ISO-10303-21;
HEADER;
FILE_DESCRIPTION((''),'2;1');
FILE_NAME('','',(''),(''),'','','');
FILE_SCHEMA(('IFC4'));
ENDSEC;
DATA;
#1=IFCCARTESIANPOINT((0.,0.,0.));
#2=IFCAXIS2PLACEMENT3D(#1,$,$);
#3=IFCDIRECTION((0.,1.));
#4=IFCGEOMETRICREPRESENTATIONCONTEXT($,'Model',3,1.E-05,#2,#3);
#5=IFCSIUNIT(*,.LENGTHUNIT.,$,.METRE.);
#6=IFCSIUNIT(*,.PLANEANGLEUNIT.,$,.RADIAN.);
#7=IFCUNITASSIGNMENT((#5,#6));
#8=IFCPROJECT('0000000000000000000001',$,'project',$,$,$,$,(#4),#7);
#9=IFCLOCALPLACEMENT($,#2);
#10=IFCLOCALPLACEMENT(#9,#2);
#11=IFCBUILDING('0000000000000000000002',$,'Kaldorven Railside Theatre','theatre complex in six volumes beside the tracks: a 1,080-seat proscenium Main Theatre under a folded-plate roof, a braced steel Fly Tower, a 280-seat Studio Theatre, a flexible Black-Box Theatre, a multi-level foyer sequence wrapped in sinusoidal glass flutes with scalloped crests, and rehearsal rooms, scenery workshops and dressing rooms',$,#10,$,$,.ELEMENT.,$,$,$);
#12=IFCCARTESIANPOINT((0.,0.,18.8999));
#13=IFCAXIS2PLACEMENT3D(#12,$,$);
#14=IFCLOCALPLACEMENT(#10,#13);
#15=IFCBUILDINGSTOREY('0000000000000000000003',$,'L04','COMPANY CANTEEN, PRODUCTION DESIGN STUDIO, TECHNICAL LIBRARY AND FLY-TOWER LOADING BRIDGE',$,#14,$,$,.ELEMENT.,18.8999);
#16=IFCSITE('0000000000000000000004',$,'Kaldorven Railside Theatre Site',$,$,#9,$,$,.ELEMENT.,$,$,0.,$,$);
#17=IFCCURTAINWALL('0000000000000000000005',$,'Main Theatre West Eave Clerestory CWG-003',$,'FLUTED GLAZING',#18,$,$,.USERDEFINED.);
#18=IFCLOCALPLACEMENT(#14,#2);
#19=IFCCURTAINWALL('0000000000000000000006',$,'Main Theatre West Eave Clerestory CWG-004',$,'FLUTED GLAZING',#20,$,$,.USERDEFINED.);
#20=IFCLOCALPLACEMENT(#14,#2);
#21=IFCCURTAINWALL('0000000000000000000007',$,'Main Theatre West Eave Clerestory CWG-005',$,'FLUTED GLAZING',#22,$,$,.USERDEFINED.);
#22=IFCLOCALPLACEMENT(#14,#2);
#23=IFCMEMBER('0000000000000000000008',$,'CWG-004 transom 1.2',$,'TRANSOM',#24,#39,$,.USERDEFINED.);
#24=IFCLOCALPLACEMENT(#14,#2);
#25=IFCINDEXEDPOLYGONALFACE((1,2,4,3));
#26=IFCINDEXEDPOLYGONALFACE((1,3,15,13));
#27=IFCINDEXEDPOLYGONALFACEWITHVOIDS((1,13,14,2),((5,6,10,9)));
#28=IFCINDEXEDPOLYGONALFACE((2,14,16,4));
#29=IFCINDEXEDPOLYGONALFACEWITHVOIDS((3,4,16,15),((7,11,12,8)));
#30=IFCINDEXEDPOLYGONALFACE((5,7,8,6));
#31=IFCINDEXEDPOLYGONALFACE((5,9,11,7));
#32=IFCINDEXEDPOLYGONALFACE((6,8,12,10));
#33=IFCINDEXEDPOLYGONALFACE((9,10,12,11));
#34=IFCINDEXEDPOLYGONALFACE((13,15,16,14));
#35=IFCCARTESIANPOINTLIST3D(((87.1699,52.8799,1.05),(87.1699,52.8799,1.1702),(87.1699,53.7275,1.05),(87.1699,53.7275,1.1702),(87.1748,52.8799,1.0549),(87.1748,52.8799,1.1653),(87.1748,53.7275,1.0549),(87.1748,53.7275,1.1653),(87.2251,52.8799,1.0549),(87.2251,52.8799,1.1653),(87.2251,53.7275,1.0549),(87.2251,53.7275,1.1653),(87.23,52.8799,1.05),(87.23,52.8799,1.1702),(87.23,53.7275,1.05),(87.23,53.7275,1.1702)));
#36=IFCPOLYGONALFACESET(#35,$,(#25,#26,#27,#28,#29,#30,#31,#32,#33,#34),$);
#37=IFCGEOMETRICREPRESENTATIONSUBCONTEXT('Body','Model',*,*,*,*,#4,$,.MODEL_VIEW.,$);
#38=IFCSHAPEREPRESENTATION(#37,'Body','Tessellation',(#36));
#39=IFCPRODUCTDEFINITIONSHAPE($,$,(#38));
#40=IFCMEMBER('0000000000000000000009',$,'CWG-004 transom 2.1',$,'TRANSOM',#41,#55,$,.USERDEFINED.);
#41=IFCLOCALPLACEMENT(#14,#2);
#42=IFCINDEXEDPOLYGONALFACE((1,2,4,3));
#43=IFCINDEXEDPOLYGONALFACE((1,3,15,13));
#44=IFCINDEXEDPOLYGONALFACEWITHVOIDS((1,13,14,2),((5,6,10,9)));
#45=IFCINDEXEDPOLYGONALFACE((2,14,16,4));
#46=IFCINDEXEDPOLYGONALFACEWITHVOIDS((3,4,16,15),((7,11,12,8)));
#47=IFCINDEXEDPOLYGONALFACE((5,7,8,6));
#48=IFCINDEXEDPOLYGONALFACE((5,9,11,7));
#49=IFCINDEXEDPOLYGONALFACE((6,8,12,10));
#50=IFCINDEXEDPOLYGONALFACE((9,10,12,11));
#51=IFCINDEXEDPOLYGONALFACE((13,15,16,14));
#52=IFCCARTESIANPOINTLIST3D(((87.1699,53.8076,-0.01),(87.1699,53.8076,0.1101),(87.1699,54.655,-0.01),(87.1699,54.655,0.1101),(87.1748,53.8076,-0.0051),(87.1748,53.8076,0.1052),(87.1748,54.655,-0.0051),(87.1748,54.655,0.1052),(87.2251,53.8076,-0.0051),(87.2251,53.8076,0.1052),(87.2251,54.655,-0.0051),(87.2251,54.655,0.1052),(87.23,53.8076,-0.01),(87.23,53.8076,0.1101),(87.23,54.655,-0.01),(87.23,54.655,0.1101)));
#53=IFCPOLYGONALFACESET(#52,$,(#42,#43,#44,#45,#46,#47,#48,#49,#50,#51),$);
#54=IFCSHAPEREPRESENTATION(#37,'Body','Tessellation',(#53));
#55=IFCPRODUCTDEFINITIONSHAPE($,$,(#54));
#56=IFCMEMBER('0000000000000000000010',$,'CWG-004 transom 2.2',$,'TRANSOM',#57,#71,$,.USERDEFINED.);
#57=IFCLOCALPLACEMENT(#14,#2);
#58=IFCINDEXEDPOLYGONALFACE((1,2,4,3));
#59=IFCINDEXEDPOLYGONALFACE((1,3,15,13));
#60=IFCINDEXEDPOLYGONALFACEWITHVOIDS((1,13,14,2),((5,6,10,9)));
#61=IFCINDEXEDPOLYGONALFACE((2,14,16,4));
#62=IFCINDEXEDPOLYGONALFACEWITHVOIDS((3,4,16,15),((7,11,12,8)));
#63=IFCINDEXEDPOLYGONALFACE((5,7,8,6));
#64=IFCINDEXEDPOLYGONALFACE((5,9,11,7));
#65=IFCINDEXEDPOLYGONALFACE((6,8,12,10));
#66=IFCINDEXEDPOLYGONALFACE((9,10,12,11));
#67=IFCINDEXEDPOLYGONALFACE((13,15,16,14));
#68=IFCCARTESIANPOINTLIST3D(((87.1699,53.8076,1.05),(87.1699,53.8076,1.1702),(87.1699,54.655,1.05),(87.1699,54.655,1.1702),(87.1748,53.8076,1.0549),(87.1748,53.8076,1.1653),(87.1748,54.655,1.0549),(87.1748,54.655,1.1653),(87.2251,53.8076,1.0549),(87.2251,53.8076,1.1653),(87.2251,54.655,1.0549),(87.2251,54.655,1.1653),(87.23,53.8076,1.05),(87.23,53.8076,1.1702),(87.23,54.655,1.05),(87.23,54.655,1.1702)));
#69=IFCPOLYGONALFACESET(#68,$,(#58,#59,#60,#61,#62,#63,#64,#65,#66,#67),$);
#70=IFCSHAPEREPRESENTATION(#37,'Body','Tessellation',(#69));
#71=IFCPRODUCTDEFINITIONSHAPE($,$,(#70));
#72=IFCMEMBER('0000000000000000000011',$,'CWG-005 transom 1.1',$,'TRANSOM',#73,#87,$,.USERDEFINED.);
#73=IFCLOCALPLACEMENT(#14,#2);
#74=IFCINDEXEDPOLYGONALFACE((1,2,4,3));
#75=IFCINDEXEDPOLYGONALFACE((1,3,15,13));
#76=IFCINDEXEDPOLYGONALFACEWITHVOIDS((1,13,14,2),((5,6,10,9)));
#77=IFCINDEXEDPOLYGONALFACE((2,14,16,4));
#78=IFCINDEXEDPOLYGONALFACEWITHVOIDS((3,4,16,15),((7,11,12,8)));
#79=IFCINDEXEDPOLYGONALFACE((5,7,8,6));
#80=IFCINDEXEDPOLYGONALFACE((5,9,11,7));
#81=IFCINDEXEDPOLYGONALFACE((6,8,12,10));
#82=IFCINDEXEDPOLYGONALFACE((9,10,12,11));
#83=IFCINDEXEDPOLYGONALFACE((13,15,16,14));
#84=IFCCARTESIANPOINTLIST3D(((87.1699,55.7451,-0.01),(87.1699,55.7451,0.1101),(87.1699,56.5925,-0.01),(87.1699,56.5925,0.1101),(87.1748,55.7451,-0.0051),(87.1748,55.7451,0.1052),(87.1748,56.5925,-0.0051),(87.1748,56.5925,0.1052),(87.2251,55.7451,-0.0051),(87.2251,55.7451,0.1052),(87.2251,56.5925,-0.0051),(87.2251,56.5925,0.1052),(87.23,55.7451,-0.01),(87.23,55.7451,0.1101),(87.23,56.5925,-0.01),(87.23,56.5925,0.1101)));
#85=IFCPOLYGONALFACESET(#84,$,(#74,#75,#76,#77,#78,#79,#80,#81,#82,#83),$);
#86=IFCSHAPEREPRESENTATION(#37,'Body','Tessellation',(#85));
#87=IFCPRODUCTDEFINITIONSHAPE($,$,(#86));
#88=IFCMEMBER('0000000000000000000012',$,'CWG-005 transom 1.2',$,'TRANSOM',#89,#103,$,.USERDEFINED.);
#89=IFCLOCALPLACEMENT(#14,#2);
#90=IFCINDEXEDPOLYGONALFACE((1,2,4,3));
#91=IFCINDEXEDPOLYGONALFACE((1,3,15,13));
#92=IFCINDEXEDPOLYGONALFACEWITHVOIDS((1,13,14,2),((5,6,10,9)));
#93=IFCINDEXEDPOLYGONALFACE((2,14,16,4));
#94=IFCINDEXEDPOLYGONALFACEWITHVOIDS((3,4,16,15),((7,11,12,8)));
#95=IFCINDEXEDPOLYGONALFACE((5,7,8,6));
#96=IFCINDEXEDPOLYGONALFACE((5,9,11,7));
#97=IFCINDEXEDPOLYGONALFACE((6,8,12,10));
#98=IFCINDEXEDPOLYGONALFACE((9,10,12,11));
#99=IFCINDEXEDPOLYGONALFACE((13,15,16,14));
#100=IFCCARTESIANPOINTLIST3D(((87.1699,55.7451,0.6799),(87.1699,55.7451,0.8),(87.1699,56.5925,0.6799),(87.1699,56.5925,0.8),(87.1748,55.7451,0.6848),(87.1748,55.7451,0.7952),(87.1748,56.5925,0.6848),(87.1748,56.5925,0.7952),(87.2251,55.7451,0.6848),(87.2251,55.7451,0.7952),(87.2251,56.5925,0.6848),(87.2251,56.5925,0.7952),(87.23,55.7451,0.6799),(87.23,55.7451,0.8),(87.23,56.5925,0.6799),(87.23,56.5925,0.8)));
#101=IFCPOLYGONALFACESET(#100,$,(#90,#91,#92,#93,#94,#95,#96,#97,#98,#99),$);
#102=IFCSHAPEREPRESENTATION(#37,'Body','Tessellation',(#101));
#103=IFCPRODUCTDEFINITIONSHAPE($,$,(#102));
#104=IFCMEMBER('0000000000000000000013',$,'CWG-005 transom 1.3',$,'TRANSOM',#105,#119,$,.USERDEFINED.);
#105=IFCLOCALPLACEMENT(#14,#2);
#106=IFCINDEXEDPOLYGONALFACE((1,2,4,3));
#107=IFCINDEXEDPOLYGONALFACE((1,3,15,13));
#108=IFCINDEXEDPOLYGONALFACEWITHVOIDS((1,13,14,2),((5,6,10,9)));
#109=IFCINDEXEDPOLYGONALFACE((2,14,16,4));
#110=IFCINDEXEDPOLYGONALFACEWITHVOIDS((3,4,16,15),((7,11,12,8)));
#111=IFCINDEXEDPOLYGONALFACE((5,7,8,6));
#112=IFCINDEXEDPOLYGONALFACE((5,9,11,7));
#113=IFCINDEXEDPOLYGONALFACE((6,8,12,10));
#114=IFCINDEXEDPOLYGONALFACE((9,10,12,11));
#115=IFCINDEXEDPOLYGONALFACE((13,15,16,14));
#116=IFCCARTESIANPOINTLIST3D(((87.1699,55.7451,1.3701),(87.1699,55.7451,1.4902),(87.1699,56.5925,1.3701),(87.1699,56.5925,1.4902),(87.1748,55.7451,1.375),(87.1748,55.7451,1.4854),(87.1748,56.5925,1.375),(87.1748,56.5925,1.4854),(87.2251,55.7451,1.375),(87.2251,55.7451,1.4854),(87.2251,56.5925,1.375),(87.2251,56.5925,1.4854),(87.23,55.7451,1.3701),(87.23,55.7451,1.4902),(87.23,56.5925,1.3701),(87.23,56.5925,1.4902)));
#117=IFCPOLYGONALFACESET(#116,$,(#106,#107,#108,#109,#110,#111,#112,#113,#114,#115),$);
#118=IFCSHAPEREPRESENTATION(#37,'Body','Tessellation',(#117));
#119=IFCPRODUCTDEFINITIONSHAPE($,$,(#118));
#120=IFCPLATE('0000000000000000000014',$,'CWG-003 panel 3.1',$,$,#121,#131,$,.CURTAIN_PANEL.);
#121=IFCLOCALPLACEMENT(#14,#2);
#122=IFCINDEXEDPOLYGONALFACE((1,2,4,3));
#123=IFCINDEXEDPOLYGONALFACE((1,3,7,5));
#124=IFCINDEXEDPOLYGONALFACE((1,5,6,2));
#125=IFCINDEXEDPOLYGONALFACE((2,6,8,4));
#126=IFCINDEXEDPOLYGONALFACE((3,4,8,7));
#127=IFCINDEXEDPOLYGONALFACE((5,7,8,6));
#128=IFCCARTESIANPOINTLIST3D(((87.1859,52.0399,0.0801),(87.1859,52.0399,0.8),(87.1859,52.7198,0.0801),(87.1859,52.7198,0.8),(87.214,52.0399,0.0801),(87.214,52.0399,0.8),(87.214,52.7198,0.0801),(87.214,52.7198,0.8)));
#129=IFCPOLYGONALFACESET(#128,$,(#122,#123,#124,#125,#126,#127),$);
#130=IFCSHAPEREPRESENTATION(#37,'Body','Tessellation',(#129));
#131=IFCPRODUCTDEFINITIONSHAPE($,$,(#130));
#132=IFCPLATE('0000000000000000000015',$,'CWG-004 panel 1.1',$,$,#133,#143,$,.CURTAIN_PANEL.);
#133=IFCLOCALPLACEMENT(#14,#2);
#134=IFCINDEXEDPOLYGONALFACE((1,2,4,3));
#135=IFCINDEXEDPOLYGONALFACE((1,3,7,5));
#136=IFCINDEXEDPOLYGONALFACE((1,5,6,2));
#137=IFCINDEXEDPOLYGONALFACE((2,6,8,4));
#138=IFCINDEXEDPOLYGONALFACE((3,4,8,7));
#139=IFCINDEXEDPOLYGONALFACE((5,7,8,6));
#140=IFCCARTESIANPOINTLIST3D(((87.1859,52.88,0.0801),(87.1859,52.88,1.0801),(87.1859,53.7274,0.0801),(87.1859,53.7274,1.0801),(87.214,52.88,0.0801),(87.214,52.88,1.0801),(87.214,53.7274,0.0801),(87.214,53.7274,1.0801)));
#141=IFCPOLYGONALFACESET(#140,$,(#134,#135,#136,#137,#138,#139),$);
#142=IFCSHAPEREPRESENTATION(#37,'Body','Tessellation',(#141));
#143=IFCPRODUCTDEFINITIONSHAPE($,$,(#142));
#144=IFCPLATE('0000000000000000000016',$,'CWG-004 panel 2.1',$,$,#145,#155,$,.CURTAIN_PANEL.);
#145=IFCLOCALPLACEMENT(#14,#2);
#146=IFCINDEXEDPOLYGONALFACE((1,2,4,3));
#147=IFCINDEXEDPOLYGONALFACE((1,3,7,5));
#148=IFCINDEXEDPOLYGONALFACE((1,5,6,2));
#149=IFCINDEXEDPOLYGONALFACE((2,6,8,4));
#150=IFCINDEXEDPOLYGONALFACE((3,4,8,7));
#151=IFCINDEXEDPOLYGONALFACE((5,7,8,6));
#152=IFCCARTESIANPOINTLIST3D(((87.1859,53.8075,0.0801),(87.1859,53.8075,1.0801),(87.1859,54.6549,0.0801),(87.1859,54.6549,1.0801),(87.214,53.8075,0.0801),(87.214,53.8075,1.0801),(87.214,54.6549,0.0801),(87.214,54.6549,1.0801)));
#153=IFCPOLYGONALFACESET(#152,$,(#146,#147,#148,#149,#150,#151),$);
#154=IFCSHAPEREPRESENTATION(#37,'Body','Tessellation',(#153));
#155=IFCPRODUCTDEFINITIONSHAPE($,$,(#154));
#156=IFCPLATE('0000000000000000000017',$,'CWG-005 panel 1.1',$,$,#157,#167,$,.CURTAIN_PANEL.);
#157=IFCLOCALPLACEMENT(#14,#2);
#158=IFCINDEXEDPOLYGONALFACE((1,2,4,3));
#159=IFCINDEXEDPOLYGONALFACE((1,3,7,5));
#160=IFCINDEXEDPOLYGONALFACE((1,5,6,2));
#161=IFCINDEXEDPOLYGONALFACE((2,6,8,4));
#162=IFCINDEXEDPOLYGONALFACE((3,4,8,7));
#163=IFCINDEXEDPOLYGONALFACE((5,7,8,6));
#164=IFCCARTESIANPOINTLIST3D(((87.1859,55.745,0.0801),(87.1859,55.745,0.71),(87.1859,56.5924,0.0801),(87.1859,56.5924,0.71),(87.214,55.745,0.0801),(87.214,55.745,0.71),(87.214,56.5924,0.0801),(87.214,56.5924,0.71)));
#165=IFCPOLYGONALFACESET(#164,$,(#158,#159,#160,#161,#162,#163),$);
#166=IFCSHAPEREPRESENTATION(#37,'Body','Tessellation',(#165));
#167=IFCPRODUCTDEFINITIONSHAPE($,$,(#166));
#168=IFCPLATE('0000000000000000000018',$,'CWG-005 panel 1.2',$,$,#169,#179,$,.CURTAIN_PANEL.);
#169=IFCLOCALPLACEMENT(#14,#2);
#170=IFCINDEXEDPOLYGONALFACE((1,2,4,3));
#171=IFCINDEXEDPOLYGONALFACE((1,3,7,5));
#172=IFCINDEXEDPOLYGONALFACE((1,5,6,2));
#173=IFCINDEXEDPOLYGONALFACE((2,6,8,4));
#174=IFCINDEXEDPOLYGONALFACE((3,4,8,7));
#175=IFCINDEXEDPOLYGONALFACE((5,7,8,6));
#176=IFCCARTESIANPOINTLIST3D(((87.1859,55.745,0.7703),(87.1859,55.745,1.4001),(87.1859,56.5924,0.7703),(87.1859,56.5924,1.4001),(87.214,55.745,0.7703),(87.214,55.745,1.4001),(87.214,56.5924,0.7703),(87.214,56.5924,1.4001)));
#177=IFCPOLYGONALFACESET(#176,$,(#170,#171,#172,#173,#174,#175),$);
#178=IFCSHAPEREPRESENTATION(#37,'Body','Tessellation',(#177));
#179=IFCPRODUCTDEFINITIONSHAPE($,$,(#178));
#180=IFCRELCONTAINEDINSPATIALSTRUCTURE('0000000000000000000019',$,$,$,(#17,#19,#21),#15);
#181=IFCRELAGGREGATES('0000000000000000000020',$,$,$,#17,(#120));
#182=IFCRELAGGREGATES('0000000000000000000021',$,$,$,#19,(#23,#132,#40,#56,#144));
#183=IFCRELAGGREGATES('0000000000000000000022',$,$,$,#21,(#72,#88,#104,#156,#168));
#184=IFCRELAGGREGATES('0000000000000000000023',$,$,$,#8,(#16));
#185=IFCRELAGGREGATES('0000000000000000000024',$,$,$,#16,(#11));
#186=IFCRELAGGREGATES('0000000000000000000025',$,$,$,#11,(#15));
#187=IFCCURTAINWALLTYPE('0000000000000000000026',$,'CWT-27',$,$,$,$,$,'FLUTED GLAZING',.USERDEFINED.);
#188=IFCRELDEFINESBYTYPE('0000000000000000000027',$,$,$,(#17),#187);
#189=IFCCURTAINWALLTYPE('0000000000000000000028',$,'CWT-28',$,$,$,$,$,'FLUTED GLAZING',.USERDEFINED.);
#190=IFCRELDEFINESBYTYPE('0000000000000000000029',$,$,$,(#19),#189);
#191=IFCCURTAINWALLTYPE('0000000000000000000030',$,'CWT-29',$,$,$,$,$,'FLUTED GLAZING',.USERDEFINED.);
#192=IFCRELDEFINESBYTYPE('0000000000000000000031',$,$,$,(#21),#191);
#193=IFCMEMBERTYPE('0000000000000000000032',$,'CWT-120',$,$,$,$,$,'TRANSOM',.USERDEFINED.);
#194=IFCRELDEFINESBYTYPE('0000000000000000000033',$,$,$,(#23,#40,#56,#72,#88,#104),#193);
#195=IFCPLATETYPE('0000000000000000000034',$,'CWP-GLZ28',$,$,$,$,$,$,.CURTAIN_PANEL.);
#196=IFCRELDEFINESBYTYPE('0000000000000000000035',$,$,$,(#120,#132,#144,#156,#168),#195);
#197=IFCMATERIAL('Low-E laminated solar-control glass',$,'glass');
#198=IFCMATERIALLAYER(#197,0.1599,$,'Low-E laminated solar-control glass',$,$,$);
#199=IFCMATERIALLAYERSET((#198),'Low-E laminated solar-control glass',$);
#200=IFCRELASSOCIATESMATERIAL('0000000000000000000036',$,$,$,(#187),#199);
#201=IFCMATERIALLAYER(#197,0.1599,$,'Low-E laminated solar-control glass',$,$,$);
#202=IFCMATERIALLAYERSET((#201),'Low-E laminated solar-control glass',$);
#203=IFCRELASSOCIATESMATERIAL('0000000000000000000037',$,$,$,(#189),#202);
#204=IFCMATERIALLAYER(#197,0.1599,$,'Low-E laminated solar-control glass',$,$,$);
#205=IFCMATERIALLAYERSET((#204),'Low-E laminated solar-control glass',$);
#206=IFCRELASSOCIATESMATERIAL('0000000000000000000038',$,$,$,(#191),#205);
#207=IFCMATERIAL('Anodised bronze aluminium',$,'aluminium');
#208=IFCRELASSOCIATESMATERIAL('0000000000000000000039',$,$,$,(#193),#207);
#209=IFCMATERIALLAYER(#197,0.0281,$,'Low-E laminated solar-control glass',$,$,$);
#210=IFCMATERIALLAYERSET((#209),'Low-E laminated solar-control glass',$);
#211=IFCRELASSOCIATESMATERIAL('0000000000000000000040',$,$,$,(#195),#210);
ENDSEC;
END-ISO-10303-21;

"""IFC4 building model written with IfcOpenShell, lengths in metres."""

from ifc_helpers import new_model, si_unit, direction, frame, origin, origin_2d, place, context, subcontext, project, spatial, rectangle, hollow_rectangle, extrude, material, layer, layer_set, material_profile, profile_set, type_object, element, aggregate, save


model = new_model("IFC4")

# Units and contexts
model_context = context("Model", 3, precision=1e-05, world=origin(), true_north=direction((0.0, 1.0)))
body_context = subcontext(model_context, "Body", "Model", "MODEL_VIEW")
ifc_project = project(units=[si_unit("LENGTHUNIT", "METRE"), si_unit("PLANEANGLEUNIT", "RADIAN")], contexts=[model_context])

# Site, building, storey
site_placement = place(None, origin())
site = spatial("IfcSite", under=ifc_project, at=site_placement, Name="Kaldorven Railside Theatre Site", CompositionType="ELEMENT", RefElevation=0.0)
building_placement = place(site_placement, origin())
building = spatial("IfcBuilding", under=site, at=building_placement, Name="Kaldorven Railside Theatre", Description="theatre complex in six volumes beside the tracks: a 1,080-seat proscenium Main Theatre under a folded-plate roof, a braced steel Fly Tower, a 280-seat Studio Theatre, a flexible Black-Box Theatre, a multi-level foyer sequence wrapped in sinusoidal glass flutes with scalloped crests, and rehearsal rooms, scenery workshops and dressing rooms", CompositionType="ELEMENT")
storey_placement = place(building_placement, frame((0.0, 0.0, 18.8999)))
storey = spatial("IfcBuildingStorey", under=building, at=storey_placement, Name="L04", Description="COMPANY CANTEEN, PRODUCTION DESIGN STUDIO, TECHNICAL LIBRARY AND FLY-TOWER LOADING BRIDGE", CompositionType="ELEMENT", Elevation=18.8999)

# Curtain wall
ifc_material_1 = material(Name="Low-E laminated solar-control glass", Category="glass")
ifc_layer_1 = layer(ifc_material_1, 0.1599, Name="Low-E laminated solar-control glass")
ifc_layer_set_1 = layer_set([ifc_layer_1], Name="Low-E laminated solar-control glass")
curtain_wall_type_1 = type_object("IfcCurtainWallType", Name="CWT-27", ElementType="FLUTED GLAZING", PredefinedType="USERDEFINED", material=ifc_layer_set_1)
curtain_wall_1_placement = place(storey_placement, origin())
curtain_wall_1 = element("IfcCurtainWall", 1, at=curtain_wall_1_placement, inside=storey, type_object=curtain_wall_type_1, Name="Main Theatre West Eave Clerestory CWG-003", ObjectType="FLUTED GLAZING", PredefinedType="USERDEFINED")
ifc_material_2 = material(Name="Anodised bronze aluminium", Category="aluminium")

# Curtain walls
ifc_layer_2 = layer(ifc_material_1, 0.1599, Name="Low-E laminated solar-control glass")
ifc_layer_set_2 = layer_set([ifc_layer_2], Name="Low-E laminated solar-control glass")
curtain_wall_type_2 = type_object("IfcCurtainWallType", Name="CWT-28", ElementType="FLUTED GLAZING", PredefinedType="USERDEFINED", material=ifc_layer_set_2)
curtain_wall_2_placement = place(storey_placement, origin())
curtain_wall_2 = element("IfcCurtainWall", 2, at=curtain_wall_2_placement, inside=storey, type_object=curtain_wall_type_2, Name="Main Theatre West Eave Clerestory CWG-004", ObjectType="FLUTED GLAZING", PredefinedType="USERDEFINED")
ifc_layer_3 = layer(ifc_material_1, 0.1599, Name="Low-E laminated solar-control glass")
ifc_layer_set_3 = layer_set([ifc_layer_3], Name="Low-E laminated solar-control glass")
curtain_wall_type_3 = type_object("IfcCurtainWallType", Name="CWT-29", ElementType="FLUTED GLAZING", PredefinedType="USERDEFINED", material=ifc_layer_set_3)
curtain_wall_3_placement = place(storey_placement, origin())
curtain_wall_3 = element("IfcCurtainWall", 3, at=curtain_wall_3_placement, inside=storey, type_object=curtain_wall_type_3, Name="Main Theatre West Eave Clerestory CWG-005", ObjectType="FLUTED GLAZING", PredefinedType="USERDEFINED")

# Members
ifc_material_profile_1 = material_profile(ifc_material_2, hollow_rectangle(XDim=0.0601, YDim=0.1201, WallThickness=0.0049, at=origin_2d()), Name="RHS 120x60x5")
ifc_profile_set_1 = profile_set([ifc_material_profile_1], Name="Anodised bronze aluminium")
member_type_1 = type_object("IfcMemberType", Name="CWT-120", ElementType="TRANSOM", PredefinedType="USERDEFINED", material=ifc_profile_set_1)
member_1_placement = place(storey_placement, frame((87.2, 52.8799, 1.1101), z_axis=(0.0, 1.0, 0.0), x_axis=(-1.0, 0.0, 0.0)))
member_1 = element("IfcMember", 4, at=member_1_placement, type_object=member_type_1, Name="CWG-004 transom 1.2", ObjectType="TRANSOM", PredefinedType="USERDEFINED", context=body_context, shape_type="SweptSolid", body=[
    extrude(hollow_rectangle(XDim=0.0601, YDim=0.1201, WallThickness=0.0049, at=origin_2d()), origin(), (0.0, 0.0, 1.0), 0.8477),
])
member_2_placement = place(storey_placement, frame((87.2, 53.8076, 0.05), z_axis=(0.0, 1.0, 0.0), x_axis=(-1.0, 0.0, 0.0)))
member_2 = element("IfcMember", 5, at=member_2_placement, type_object=member_type_1, Name="CWG-004 transom 2.1", ObjectType="TRANSOM", PredefinedType="USERDEFINED", context=body_context, shape_type="SweptSolid", body=[
    extrude(hollow_rectangle(XDim=0.0601, YDim=0.1201, WallThickness=0.0049, at=origin_2d()), origin(), (0.0, 0.0, 1.0), 0.8474),
])
member_3_placement = place(storey_placement, frame((87.2, 53.8076, 1.1101), z_axis=(0.0, 1.0, 0.0), x_axis=(-1.0, 0.0, 0.0)))
member_3 = element("IfcMember", 6, at=member_3_placement, type_object=member_type_1, Name="CWG-004 transom 2.2", ObjectType="TRANSOM", PredefinedType="USERDEFINED", context=body_context, shape_type="SweptSolid", body=[
    extrude(hollow_rectangle(XDim=0.0601, YDim=0.1201, WallThickness=0.0049, at=origin_2d()), origin(), (0.0, 0.0, 1.0), 0.8474),
])
member_4_placement = place(storey_placement, frame((87.2, 55.7451, 0.05), z_axis=(0.0, 1.0, 0.0), x_axis=(-1.0, 0.0, 0.0)))
member_4 = element("IfcMember", 7, at=member_4_placement, type_object=member_type_1, Name="CWG-005 transom 1.1", ObjectType="TRANSOM", PredefinedType="USERDEFINED", context=body_context, shape_type="SweptSolid", body=[
    extrude(hollow_rectangle(XDim=0.0601, YDim=0.1201, WallThickness=0.0049, at=origin_2d()), origin(), (0.0, 0.0, 1.0), 0.8474),
])
member_5_placement = place(storey_placement, frame((87.2, 55.7451, 0.74), z_axis=(0.0, 1.0, 0.0), x_axis=(-1.0, 0.0, 0.0)))
member_5 = element("IfcMember", 8, at=member_5_placement, type_object=member_type_1, Name="CWG-005 transom 1.2", ObjectType="TRANSOM", PredefinedType="USERDEFINED", context=body_context, shape_type="SweptSolid", body=[
    extrude(hollow_rectangle(XDim=0.0601, YDim=0.1201, WallThickness=0.0049, at=origin_2d()), origin(), (0.0, 0.0, 1.0), 0.8474),
])
member_6_placement = place(storey_placement, frame((87.2, 55.7451, 1.4302), z_axis=(0.0, 1.0, 0.0), x_axis=(-1.0, 0.0, 0.0)))
member_6 = element("IfcMember", 9, at=member_6_placement, type_object=member_type_1, Name="CWG-005 transom 1.3", ObjectType="TRANSOM", PredefinedType="USERDEFINED", context=body_context, shape_type="SweptSolid", body=[
    extrude(hollow_rectangle(XDim=0.0601, YDim=0.1201, WallThickness=0.0049, at=origin_2d()), origin(), (0.0, 0.0, 1.0), 0.8474),
])

# Plates
ifc_layer_4 = layer(ifc_material_1, 0.0281, Name="Low-E laminated solar-control glass")
ifc_layer_set_4 = layer_set([ifc_layer_4], Name="Low-E laminated solar-control glass")
plate_type = type_object("IfcPlateType", Name="CWP-GLZ28", PredefinedType="CURTAIN_PANEL", material=ifc_layer_set_4)
plate_1_placement = place(storey_placement, frame((87.2, 52.3799, 0.0801), z_axis=(0.0, 0.0, 1.0), x_axis=(0.0, 1.0, 0.0)))
plate_1 = element("IfcPlate", 10, at=plate_1_placement, type_object=plate_type, Name="CWG-003 panel 3.1", PredefinedType="CURTAIN_PANEL", context=body_context, shape_type="SweptSolid", body=[
    extrude(rectangle(XDim=0.6799, YDim=0.0281, at=origin_2d()), origin(), (0.0, 0.0, 1.0), 0.72),
])
aggregate(curtain_wall_1, [plate_1])
plate_2_placement = place(storey_placement, frame((87.2, 53.3037, 0.0801), z_axis=(0.0, 0.0, 1.0), x_axis=(0.0, 1.0, 0.0)))
plate_2 = element("IfcPlate", 11, at=plate_2_placement, type_object=plate_type, Name="CWG-004 panel 1.1", PredefinedType="CURTAIN_PANEL", context=body_context, shape_type="SweptSolid", body=[
    extrude(rectangle(XDim=0.8474, YDim=0.0281, at=origin_2d()), origin(), (0.0, 0.0, 1.0), 1.0),
])
plate_3_placement = place(storey_placement, frame((87.2, 54.2312, 0.0801), z_axis=(0.0, 0.0, 1.0), x_axis=(0.0, 1.0, 0.0)))
plate_3 = element("IfcPlate", 12, at=plate_3_placement, type_object=plate_type, Name="CWG-004 panel 2.1", PredefinedType="CURTAIN_PANEL", context=body_context, shape_type="SweptSolid", body=[
    extrude(rectangle(XDim=0.8474, YDim=0.0281, at=origin_2d()), origin(), (0.0, 0.0, 1.0), 1.0),
])
aggregate(curtain_wall_2, [member_1, plate_2, member_2, member_3, plate_3])
plate_4_placement = place(storey_placement, frame((87.2, 56.1687, 0.0801), z_axis=(0.0, 0.0, 1.0), x_axis=(0.0, 1.0, 0.0)))
plate_4 = element("IfcPlate", 13, at=plate_4_placement, type_object=plate_type, Name="CWG-005 panel 1.1", PredefinedType="CURTAIN_PANEL", context=body_context, shape_type="SweptSolid", body=[
    extrude(rectangle(XDim=0.8474, YDim=0.0281, at=origin_2d()), origin(), (0.0, 0.0, 1.0), 0.6299),
])
plate_5_placement = place(storey_placement, frame((87.2, 56.1687, 0.7703), z_axis=(0.0, 0.0, 1.0), x_axis=(0.0, 1.0, 0.0)))
plate_5 = element("IfcPlate", 14, at=plate_5_placement, type_object=plate_type, Name="CWG-005 panel 1.2", PredefinedType="CURTAIN_PANEL", context=body_context, shape_type="SweptSolid", body=[
    extrude(rectangle(XDim=0.8474, YDim=0.0281, at=origin_2d()), origin(), (0.0, 0.0, 1.0), 0.6299),
])
aggregate(curtain_wall_3, [member_4, member_5, member_6, plate_4, plate_5])

save(model, "model.ifc")
